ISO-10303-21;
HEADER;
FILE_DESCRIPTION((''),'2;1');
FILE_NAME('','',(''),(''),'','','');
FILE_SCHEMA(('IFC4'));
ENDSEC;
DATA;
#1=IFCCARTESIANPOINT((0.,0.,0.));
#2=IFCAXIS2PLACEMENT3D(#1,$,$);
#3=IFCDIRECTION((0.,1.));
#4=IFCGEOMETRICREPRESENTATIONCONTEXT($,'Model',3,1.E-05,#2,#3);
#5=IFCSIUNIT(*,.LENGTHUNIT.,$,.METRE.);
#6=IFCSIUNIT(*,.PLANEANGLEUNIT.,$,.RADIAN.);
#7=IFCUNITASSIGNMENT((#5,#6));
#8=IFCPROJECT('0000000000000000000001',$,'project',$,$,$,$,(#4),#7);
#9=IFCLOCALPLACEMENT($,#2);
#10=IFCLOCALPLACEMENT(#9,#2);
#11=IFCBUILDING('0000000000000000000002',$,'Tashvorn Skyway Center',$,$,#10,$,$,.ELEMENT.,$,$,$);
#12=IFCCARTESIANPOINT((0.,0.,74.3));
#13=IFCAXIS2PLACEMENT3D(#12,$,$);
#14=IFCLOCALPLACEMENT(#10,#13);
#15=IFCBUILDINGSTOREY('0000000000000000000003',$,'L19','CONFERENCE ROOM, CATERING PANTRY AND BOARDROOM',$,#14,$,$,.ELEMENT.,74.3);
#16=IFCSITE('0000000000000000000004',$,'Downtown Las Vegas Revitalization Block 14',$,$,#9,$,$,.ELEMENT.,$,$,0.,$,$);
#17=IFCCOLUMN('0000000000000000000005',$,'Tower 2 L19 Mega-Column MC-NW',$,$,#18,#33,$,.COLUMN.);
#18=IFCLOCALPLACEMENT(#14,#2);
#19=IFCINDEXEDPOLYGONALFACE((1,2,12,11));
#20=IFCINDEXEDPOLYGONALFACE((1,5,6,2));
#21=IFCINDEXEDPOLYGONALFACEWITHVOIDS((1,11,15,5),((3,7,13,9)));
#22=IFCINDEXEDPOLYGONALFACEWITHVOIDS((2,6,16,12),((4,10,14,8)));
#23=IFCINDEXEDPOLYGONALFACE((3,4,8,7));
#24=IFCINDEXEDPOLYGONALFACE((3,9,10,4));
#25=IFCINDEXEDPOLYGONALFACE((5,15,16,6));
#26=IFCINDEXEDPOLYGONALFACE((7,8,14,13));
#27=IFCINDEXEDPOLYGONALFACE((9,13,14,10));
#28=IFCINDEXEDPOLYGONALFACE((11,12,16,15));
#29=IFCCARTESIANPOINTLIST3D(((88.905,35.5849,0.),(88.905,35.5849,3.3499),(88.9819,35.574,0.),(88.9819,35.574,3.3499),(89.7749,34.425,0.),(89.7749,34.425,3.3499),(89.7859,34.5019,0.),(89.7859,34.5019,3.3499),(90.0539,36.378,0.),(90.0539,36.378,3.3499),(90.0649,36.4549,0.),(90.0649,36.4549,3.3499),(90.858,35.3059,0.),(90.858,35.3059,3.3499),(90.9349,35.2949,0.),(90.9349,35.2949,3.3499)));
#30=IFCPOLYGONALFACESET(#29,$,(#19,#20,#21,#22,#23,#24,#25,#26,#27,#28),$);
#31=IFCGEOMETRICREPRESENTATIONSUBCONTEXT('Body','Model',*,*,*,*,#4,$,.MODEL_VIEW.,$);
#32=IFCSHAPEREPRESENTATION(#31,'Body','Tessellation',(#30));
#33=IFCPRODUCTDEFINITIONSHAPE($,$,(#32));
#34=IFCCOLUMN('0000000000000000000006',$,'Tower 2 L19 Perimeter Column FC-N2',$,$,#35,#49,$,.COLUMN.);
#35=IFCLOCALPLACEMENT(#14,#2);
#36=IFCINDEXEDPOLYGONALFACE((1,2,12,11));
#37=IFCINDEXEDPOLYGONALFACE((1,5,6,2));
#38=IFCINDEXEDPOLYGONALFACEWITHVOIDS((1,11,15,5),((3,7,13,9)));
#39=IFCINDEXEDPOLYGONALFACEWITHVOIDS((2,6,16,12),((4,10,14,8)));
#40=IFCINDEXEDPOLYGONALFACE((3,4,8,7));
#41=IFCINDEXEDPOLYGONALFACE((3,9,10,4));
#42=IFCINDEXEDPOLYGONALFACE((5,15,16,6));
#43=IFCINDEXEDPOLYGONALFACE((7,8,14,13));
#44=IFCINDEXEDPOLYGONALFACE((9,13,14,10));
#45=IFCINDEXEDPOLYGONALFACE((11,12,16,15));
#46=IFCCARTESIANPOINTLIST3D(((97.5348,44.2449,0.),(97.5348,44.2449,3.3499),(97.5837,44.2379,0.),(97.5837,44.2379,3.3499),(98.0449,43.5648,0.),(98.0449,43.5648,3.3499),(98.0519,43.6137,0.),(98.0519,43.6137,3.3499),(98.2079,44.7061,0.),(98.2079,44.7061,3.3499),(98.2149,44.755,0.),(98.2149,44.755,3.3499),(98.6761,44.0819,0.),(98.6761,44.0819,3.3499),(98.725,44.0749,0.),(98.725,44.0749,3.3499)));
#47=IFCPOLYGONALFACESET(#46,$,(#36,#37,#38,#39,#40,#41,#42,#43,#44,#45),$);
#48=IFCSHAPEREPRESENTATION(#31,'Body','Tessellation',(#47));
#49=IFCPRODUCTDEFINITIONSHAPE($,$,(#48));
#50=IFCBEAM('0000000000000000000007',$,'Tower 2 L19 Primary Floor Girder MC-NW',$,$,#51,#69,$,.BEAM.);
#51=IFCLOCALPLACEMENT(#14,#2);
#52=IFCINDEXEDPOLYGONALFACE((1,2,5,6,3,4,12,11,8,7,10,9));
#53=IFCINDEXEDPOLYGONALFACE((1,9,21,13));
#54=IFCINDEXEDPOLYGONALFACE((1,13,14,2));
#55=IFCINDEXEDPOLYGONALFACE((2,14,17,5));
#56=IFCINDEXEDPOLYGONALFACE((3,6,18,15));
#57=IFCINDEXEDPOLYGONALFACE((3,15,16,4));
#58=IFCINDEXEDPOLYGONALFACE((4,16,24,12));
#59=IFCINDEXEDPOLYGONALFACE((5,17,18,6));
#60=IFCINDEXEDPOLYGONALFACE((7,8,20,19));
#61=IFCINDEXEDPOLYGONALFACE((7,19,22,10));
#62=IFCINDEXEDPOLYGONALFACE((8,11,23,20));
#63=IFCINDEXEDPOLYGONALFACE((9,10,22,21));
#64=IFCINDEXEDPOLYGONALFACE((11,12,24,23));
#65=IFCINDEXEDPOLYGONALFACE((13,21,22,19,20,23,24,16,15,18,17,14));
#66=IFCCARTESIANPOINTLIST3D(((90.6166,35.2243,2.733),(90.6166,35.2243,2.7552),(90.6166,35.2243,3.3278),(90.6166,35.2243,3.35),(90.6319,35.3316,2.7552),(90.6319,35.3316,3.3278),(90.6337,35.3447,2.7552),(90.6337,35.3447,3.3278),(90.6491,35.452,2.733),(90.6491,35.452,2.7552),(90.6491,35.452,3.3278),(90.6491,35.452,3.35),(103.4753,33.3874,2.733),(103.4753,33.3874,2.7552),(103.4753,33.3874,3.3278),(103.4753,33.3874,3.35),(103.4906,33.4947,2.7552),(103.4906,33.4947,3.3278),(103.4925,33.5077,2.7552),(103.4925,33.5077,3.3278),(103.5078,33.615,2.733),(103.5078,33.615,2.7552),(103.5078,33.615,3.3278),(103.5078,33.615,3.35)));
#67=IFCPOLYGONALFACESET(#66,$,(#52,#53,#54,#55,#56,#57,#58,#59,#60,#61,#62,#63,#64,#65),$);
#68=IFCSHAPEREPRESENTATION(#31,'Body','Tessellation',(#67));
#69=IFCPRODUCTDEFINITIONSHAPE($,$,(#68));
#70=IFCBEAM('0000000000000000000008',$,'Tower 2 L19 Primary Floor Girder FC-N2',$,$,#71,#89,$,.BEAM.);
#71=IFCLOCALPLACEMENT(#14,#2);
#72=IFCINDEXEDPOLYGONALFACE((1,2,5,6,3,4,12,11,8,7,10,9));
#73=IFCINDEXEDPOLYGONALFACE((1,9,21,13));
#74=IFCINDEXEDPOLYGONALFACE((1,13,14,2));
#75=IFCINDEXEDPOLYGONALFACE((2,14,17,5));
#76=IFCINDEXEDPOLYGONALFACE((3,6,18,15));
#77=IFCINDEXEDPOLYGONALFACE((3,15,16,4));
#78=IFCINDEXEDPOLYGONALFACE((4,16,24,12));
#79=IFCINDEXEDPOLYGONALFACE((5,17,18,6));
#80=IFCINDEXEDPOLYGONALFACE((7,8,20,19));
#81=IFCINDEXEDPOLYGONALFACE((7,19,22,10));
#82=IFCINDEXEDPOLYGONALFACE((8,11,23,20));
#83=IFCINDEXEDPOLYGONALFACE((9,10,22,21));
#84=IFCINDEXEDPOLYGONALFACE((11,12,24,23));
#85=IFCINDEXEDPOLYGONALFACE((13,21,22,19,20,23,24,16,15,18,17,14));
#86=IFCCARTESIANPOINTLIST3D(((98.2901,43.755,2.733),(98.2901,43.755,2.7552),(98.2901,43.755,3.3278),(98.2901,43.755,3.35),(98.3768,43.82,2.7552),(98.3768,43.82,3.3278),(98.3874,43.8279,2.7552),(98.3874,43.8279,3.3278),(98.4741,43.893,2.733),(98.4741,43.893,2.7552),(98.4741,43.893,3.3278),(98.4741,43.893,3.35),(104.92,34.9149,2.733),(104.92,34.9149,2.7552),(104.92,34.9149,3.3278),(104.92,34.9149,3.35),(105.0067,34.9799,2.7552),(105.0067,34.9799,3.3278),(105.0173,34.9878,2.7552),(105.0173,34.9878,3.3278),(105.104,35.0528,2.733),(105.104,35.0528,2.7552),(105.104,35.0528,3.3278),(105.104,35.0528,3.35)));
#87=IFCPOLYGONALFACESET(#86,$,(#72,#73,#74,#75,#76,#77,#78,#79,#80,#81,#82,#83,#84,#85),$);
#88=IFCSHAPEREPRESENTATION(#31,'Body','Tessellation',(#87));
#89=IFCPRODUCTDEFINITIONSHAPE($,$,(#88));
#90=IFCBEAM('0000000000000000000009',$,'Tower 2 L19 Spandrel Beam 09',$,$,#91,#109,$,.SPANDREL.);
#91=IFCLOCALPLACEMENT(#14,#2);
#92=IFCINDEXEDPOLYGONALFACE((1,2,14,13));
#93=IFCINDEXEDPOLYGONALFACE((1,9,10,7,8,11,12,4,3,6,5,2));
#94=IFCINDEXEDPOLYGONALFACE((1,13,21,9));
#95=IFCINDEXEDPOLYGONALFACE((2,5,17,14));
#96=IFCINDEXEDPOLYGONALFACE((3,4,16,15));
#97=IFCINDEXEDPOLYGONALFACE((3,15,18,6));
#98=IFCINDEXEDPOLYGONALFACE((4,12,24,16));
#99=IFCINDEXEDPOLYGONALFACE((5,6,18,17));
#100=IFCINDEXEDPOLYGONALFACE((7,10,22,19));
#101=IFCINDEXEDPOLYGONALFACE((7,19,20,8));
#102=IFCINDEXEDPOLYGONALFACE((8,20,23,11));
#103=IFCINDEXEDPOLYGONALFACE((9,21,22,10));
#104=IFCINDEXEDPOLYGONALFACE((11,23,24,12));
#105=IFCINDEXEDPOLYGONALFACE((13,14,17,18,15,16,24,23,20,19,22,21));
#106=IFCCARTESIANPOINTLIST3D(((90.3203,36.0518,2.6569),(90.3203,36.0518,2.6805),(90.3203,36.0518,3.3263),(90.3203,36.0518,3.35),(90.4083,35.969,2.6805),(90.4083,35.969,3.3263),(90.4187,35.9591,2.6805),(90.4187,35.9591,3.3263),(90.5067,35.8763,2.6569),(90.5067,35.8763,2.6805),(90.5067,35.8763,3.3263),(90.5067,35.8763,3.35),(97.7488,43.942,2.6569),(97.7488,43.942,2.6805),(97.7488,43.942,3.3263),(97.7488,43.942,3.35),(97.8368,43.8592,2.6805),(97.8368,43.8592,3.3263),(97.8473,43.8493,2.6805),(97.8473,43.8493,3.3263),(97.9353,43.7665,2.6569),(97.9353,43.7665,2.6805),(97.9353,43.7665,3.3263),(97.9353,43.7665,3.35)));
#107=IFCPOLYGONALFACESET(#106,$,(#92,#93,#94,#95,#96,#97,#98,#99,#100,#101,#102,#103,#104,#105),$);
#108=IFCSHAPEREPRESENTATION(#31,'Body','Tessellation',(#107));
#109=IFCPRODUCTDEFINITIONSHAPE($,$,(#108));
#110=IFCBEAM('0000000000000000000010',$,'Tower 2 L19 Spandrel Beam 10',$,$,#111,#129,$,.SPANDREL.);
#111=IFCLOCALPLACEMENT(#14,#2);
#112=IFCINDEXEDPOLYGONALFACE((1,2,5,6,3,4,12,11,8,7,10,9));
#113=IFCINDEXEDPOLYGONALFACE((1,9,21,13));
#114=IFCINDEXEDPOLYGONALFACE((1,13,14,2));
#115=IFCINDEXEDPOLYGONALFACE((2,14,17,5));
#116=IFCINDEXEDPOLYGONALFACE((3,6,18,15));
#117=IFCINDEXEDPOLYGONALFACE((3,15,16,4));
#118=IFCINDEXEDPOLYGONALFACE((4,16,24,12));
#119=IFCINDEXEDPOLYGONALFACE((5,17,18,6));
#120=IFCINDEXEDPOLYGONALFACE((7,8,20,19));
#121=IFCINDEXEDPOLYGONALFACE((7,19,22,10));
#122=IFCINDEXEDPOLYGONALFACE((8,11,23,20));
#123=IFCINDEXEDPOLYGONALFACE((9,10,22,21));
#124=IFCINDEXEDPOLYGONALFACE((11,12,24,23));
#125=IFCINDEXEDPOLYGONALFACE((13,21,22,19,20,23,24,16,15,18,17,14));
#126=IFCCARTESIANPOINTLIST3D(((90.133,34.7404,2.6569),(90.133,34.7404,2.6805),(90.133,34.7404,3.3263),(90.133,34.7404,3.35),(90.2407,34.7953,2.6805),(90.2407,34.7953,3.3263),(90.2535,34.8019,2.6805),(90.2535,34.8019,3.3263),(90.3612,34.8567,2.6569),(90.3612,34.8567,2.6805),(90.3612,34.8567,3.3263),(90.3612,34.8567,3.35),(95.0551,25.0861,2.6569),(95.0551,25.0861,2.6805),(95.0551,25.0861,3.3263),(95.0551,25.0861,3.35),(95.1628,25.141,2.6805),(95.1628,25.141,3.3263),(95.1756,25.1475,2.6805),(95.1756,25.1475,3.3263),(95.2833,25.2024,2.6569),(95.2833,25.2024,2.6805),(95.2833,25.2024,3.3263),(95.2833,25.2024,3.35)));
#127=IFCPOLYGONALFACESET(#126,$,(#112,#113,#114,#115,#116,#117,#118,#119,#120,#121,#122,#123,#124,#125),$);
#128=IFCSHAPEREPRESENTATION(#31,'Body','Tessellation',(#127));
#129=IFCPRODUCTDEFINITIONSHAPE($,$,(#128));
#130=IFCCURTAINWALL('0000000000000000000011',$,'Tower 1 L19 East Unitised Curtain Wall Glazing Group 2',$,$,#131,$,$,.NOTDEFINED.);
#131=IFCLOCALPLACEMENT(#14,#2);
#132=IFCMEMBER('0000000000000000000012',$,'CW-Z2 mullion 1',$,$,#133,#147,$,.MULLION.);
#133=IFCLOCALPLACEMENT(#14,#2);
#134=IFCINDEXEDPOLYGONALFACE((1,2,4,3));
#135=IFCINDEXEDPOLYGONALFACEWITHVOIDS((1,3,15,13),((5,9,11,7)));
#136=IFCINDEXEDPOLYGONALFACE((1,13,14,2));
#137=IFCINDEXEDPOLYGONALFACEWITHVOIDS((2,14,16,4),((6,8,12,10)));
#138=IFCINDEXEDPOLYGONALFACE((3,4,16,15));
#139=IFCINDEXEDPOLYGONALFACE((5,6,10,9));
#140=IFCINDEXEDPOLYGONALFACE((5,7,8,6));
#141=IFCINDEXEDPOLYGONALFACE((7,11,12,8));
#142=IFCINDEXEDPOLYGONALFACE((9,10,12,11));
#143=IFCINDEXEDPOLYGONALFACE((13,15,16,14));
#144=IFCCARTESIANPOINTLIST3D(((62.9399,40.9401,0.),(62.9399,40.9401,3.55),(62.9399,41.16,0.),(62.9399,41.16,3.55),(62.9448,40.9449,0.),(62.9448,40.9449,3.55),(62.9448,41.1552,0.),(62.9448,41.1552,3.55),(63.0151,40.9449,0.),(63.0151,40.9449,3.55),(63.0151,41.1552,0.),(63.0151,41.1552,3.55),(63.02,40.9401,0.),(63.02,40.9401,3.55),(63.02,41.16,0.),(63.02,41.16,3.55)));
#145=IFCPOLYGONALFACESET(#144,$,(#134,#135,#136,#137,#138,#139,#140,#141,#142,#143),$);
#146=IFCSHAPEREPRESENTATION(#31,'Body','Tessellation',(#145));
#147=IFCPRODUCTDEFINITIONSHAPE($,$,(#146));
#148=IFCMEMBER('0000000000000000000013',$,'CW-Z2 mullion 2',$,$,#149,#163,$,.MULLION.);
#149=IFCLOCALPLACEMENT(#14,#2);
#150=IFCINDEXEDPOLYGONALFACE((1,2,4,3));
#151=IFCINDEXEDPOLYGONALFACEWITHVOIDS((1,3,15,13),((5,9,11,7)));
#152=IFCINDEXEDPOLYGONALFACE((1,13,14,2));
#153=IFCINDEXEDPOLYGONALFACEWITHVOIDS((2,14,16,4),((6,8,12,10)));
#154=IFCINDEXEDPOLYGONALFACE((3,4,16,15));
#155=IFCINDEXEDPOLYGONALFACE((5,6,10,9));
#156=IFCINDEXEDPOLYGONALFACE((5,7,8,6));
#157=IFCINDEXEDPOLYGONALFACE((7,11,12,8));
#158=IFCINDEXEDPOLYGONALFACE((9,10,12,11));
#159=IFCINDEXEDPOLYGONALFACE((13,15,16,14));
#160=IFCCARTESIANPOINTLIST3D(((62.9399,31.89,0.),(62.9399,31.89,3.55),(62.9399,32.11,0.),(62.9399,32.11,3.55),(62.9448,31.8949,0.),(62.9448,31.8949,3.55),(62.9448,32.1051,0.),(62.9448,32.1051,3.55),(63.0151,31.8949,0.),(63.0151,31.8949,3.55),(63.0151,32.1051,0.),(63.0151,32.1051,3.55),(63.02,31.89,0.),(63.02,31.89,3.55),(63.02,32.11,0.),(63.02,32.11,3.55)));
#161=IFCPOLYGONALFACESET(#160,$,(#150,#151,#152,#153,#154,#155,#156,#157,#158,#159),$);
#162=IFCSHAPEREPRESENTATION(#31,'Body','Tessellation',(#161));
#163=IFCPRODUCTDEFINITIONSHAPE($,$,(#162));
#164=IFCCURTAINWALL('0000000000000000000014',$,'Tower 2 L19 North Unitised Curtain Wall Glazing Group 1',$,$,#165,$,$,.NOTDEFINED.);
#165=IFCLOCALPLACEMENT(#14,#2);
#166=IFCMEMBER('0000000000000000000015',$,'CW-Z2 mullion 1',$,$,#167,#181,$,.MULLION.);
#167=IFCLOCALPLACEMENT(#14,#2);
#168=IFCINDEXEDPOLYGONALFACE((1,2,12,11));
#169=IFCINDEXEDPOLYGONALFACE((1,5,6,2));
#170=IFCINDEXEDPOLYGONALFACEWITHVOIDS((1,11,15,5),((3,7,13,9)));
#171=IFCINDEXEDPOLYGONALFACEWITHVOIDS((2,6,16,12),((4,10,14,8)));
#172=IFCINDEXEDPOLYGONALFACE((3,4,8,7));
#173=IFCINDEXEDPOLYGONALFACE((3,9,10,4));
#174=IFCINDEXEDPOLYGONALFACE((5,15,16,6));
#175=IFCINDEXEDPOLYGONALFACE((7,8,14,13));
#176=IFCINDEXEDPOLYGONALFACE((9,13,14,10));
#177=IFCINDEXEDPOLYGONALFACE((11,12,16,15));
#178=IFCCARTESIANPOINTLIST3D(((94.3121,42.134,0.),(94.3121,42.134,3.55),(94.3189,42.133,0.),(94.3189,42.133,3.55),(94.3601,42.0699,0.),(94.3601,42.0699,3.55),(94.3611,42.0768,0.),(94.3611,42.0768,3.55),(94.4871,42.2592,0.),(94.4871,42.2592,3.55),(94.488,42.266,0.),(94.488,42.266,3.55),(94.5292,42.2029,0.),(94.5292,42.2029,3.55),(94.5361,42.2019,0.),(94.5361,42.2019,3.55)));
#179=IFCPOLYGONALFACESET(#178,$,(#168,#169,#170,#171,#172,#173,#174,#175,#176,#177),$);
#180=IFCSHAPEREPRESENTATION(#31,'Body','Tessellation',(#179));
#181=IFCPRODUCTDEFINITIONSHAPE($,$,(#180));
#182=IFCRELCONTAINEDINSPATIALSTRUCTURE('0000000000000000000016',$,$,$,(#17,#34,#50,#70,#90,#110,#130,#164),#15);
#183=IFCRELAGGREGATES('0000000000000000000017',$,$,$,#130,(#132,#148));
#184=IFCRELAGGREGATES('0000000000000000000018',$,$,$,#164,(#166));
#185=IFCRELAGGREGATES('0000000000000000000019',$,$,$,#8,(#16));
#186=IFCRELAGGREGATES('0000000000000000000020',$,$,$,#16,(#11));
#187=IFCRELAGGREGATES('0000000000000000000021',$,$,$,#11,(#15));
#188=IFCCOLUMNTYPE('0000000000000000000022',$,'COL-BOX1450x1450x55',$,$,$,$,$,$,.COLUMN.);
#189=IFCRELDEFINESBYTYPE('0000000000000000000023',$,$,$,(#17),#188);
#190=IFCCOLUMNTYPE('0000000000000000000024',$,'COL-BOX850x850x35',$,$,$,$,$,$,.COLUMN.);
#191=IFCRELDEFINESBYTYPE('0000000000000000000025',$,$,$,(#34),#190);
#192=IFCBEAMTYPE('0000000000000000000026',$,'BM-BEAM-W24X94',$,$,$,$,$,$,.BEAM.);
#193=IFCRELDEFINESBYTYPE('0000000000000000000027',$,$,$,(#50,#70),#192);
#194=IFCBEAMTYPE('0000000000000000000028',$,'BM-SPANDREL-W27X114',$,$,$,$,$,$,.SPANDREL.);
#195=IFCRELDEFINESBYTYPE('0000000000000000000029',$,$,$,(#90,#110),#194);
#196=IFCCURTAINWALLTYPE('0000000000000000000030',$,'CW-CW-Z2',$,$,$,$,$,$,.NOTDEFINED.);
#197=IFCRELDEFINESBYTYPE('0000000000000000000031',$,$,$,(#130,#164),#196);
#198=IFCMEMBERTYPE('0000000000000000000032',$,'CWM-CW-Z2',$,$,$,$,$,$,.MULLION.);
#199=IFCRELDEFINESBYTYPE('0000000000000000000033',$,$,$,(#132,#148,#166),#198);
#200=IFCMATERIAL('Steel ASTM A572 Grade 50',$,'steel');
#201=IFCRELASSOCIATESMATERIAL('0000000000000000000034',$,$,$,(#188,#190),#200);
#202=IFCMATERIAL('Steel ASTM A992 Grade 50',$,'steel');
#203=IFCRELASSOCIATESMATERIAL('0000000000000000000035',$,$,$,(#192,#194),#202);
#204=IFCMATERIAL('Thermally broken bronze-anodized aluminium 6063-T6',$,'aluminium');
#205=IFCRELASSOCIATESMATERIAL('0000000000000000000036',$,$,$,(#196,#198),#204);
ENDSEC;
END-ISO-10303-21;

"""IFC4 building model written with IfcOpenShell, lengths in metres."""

from ifc_helpers import new_model, si_unit, direction, frame, origin, origin_2d, place, context, subcontext, project, spatial, hollow_rectangle, i_section, extrude, material, material_profile, profile_set, type_object, element, aggregate, save


model = new_model("IFC4")

# Units and contexts
model_context = context("Model", 3, precision=1e-05, world=origin(), true_north=direction((0.0, 1.0)))
body_context = subcontext(model_context, "Body", "Model", "MODEL_VIEW")
ifc_project = project(units=[si_unit("LENGTHUNIT", "METRE"), si_unit("PLANEANGLEUNIT", "RADIAN")], contexts=[model_context])

# Site, building, storey
site_placement = place(None, origin())
site = spatial("IfcSite", under=ifc_project, at=site_placement, Name="Downtown Las Vegas Revitalization Block 14", CompositionType="ELEMENT", RefElevation=0.0)
building_placement = place(site_placement, origin())
building = spatial("IfcBuilding", under=site, at=building_placement, Name="Tashvorn Skyway Center", CompositionType="ELEMENT")
storey_placement = place(building_placement, frame((0.0, 0.0, 74.3)))
storey = spatial("IfcBuildingStorey", under=building, at=storey_placement, Name="L19", Description="CONFERENCE ROOM, CATERING PANTRY AND BOARDROOM", CompositionType="ELEMENT", Elevation=74.3)

# Columns
ifc_material_1 = material(Name="Steel ASTM A572 Grade 50", Category="steel")
ifc_material_profile_1 = material_profile(ifc_material_1, hollow_rectangle(XDim=1.45, YDim=1.45, WallThickness=0.0549, at=origin_2d()), Name="BOX1450x1450x55")
ifc_profile_set_1 = profile_set([ifc_material_profile_1], Name="Steel ASTM A572 Grade 50")
column_type_1 = type_object("IfcColumnType", Name="COL-BOX1450x1450x55", PredefinedType="COLUMN", material=ifc_profile_set_1)
column_1_placement = place(storey_placement, frame((89.9199, 35.4399, 0.0), z_axis=(0.0, 0.0, 1.0), x_axis=(0.8, 0.6, 0.0)))
element("IfcColumn", 1, at=column_1_placement, inside=storey, type_object=column_type_1, Name="Tower 2 L19 Mega-Column MC-NW", PredefinedType="COLUMN", context=body_context, shape_type="SweptSolid", body=[
    extrude(hollow_rectangle(XDim=1.45, YDim=1.45, WallThickness=0.0549, at=origin_2d()), origin(), (0.0, 0.0, 1.0), 3.3499),
])
ifc_material_profile_2 = material_profile(ifc_material_1, hollow_rectangle(XDim=0.8501, YDim=0.8501, WallThickness=0.0349, at=origin_2d()), Name="BOX850x850x35")
ifc_profile_set_2 = profile_set([ifc_material_profile_2], Name="Steel ASTM A572 Grade 50")
column_type_2 = type_object("IfcColumnType", Name="COL-BOX850x850x35", PredefinedType="COLUMN", material=ifc_profile_set_2)
column_2_placement = place(storey_placement, frame((98.1299, 44.1599, 0.0), z_axis=(0.0, 0.0, 1.0), x_axis=(0.8, 0.6, 0.0)))
element("IfcColumn", 2, at=column_2_placement, inside=storey, type_object=column_type_2, Name="Tower 2 L19 Perimeter Column FC-N2", PredefinedType="COLUMN", context=body_context, shape_type="SweptSolid", body=[
    extrude(hollow_rectangle(XDim=0.8501, YDim=0.8501, WallThickness=0.0349, at=origin_2d()), origin(), (0.0, 0.0, 1.0), 3.3499),
])

# Beams
ifc_material_2 = material(Name="Steel ASTM A992 Grade 50", Category="steel")
ifc_material_profile_3 = material_profile(ifc_material_2, i_section(OverallWidth=0.23, OverallDepth=0.6169, WebThickness=0.0132, FlangeThickness=0.0222, at=origin_2d()), Name="W24X94")
ifc_profile_set_3 = profile_set([ifc_material_profile_3], Name="Steel ASTM A992 Grade 50")
beam_type_1 = type_object("IfcBeamType", Name="BM-BEAM-W24X94", PredefinedType="BEAM", material=ifc_profile_set_3)
beam_1_placement = place(storey_placement, frame((90.6328, 35.3381, 3.0415), z_axis=(0.98995, -0.141419, 0.0), x_axis=(0.141419, 0.98995, 0.0)))
element("IfcBeam", 3, at=beam_1_placement, inside=storey, type_object=beam_type_1, Name="Tower 2 L19 Primary Floor Girder MC-NW", PredefinedType="BEAM", context=body_context, shape_type="SweptSolid", body=[
    extrude(i_section(OverallWidth=0.23, OverallDepth=0.6169, WebThickness=0.0132, FlangeThickness=0.0222, at=origin_2d()), origin(), (0.0, 0.0, 1.0), 12.9893),
])
beam_2_placement = place(storey_placement, frame((98.3821, 43.824, 3.0415), z_axis=(0.599989, -0.800008, 0.0), x_axis=(0.800008, 0.599989, 0.0)))
element("IfcBeam", 4, at=beam_2_placement, inside=storey, type_object=beam_type_1, Name="Tower 2 L19 Primary Floor Girder FC-N2", PredefinedType="BEAM", context=body_context, shape_type="SweptSolid", body=[
    extrude(i_section(OverallWidth=0.23, OverallDepth=0.6169, WebThickness=0.0132, FlangeThickness=0.0222, at=origin_2d()), origin(), (0.0, 0.0, 1.0), 11.05),
])
ifc_material_profile_4 = material_profile(ifc_material_2, i_section(OverallWidth=0.2561, OverallDepth=0.6931, WebThickness=0.0144, FlangeThickness=0.0237, at=origin_2d()), Name="W27X114")
ifc_profile_set_4 = profile_set([ifc_material_profile_4], Name="Steel ASTM A992 Grade 50")
beam_type_2 = type_object("IfcBeamType", Name="BM-SPANDREL-W27X114", PredefinedType="SPANDREL", material=ifc_profile_set_4)
beam_3_placement = place(storey_placement, frame((97.842, 43.8542, 3.0034), z_axis=(-0.685485, -0.728087, 0.0), x_axis=(0.728087, -0.685485, 0.0)))
element("IfcBeam", 5, at=beam_3_placement, inside=storey, type_object=beam_type_2, Name="Tower 2 L19 Spandrel Beam 09", PredefinedType="SPANDREL", context=body_context, shape_type="SweptSolid", body=[
    extrude(i_section(OverallWidth=0.2561, OverallDepth=0.6931, WebThickness=0.0144, FlangeThickness=0.0237, at=origin_2d()), origin(), (0.0, 0.0, 1.0), 10.8369),
])
beam_4_placement = place(storey_placement, frame((90.2471, 34.7986, 3.0034), z_axis=(0.454211, -0.890894, 0.0), x_axis=(0.890894, 0.454211, 0.0)))
element("IfcBeam", 6, at=beam_4_placement, inside=storey, type_object=beam_type_2, Name="Tower 2 L19 Spandrel Beam 10", PredefinedType="SPANDREL", context=body_context, shape_type="SweptSolid", body=[
    extrude(i_section(OverallWidth=0.2561, OverallDepth=0.6931, WebThickness=0.0144, FlangeThickness=0.0237, at=origin_2d()), origin(), (0.0, 0.0, 1.0), 10.8367),
])

# Curtain walls, members
ifc_material_3 = material(Name="Thermally broken bronze-anodized aluminium 6063-T6", Category="aluminium")
curtain_wall_type = type_object("IfcCurtainWallType", Name="CW-CW-Z2", PredefinedType="NOTDEFINED", material=ifc_material_3)
curtain_wall_1_placement = place(storey_placement, origin())
curtain_wall_1 = element("IfcCurtainWall", 7, at=curtain_wall_1_placement, inside=storey, type_object=curtain_wall_type, Name="Tower 1 L19 East Unitised Curtain Wall Glazing Group 2", PredefinedType="NOTDEFINED")
ifc_material_profile_5 = material_profile(ifc_material_3, hollow_rectangle(XDim=0.0801, YDim=0.22, WallThickness=0.0049, at=origin_2d()), Name="ALU-MULL-80x220")
ifc_profile_set_5 = profile_set([ifc_material_profile_5], Name="Thermally broken bronze-anodized aluminium 6063-T6")
member_type_1 = type_object("IfcMemberType", Name="CWM-CW-Z2", PredefinedType="MULLION", material=ifc_profile_set_5)
member_1_placement = place(storey_placement, frame((62.98, 41.05, 0.0), z_axis=(0.0, 0.0, 1.0), x_axis=(1.0, 0.0, 0.0)))
member_1 = element("IfcMember", 8, at=member_1_placement, type_object=member_type_1, Name="CW-Z2 mullion 1", PredefinedType="MULLION", context=body_context, shape_type="SweptSolid", body=[
    extrude(hollow_rectangle(XDim=0.0801, YDim=0.22, WallThickness=0.0049, at=origin_2d()), origin(), (0.0, 0.0, 1.0), 3.55),
])
member_2_placement = place(storey_placement, frame((62.98, 32.0, 0.0), z_axis=(0.0, 0.0, 1.0), x_axis=(1.0, 0.0, 0.0)))
member_2 = element("IfcMember", 9, at=member_2_placement, type_object=member_type_1, Name="CW-Z2 mullion 2", PredefinedType="MULLION", context=body_context, shape_type="SweptSolid", body=[
    extrude(hollow_rectangle(XDim=0.0801, YDim=0.22, WallThickness=0.0049, at=origin_2d()), origin(), (0.0, 0.0, 1.0), 3.55),
])
curtain_wall_2_placement = place(storey_placement, origin())
curtain_wall_2 = element("IfcCurtainWall", 10, at=curtain_wall_2_placement, inside=storey, type_object=curtain_wall_type, Name="Tower 2 L19 North Unitised Curtain Wall Glazing Group 1", PredefinedType="NOTDEFINED")
member_3_placement = place(storey_placement, frame((94.4241, 42.168, 0.0), z_axis=(0.0, 0.0, 1.0), x_axis=(-0.6, 0.8, 0.0)))
member_3 = element("IfcMember", 11, at=member_3_placement, type_object=member_type_1, Name="CW-Z2 mullion 1", PredefinedType="MULLION", context=body_context, shape_type="SweptSolid", body=[
    extrude(hollow_rectangle(XDim=0.0801, YDim=0.22, WallThickness=0.0049, at=origin_2d()), origin(), (0.0, 0.0, 1.0), 3.55),
])

aggregate(curtain_wall_1, [member_1, member_2])
aggregate(curtain_wall_2, [member_3])

save(model, "model.ifc")
